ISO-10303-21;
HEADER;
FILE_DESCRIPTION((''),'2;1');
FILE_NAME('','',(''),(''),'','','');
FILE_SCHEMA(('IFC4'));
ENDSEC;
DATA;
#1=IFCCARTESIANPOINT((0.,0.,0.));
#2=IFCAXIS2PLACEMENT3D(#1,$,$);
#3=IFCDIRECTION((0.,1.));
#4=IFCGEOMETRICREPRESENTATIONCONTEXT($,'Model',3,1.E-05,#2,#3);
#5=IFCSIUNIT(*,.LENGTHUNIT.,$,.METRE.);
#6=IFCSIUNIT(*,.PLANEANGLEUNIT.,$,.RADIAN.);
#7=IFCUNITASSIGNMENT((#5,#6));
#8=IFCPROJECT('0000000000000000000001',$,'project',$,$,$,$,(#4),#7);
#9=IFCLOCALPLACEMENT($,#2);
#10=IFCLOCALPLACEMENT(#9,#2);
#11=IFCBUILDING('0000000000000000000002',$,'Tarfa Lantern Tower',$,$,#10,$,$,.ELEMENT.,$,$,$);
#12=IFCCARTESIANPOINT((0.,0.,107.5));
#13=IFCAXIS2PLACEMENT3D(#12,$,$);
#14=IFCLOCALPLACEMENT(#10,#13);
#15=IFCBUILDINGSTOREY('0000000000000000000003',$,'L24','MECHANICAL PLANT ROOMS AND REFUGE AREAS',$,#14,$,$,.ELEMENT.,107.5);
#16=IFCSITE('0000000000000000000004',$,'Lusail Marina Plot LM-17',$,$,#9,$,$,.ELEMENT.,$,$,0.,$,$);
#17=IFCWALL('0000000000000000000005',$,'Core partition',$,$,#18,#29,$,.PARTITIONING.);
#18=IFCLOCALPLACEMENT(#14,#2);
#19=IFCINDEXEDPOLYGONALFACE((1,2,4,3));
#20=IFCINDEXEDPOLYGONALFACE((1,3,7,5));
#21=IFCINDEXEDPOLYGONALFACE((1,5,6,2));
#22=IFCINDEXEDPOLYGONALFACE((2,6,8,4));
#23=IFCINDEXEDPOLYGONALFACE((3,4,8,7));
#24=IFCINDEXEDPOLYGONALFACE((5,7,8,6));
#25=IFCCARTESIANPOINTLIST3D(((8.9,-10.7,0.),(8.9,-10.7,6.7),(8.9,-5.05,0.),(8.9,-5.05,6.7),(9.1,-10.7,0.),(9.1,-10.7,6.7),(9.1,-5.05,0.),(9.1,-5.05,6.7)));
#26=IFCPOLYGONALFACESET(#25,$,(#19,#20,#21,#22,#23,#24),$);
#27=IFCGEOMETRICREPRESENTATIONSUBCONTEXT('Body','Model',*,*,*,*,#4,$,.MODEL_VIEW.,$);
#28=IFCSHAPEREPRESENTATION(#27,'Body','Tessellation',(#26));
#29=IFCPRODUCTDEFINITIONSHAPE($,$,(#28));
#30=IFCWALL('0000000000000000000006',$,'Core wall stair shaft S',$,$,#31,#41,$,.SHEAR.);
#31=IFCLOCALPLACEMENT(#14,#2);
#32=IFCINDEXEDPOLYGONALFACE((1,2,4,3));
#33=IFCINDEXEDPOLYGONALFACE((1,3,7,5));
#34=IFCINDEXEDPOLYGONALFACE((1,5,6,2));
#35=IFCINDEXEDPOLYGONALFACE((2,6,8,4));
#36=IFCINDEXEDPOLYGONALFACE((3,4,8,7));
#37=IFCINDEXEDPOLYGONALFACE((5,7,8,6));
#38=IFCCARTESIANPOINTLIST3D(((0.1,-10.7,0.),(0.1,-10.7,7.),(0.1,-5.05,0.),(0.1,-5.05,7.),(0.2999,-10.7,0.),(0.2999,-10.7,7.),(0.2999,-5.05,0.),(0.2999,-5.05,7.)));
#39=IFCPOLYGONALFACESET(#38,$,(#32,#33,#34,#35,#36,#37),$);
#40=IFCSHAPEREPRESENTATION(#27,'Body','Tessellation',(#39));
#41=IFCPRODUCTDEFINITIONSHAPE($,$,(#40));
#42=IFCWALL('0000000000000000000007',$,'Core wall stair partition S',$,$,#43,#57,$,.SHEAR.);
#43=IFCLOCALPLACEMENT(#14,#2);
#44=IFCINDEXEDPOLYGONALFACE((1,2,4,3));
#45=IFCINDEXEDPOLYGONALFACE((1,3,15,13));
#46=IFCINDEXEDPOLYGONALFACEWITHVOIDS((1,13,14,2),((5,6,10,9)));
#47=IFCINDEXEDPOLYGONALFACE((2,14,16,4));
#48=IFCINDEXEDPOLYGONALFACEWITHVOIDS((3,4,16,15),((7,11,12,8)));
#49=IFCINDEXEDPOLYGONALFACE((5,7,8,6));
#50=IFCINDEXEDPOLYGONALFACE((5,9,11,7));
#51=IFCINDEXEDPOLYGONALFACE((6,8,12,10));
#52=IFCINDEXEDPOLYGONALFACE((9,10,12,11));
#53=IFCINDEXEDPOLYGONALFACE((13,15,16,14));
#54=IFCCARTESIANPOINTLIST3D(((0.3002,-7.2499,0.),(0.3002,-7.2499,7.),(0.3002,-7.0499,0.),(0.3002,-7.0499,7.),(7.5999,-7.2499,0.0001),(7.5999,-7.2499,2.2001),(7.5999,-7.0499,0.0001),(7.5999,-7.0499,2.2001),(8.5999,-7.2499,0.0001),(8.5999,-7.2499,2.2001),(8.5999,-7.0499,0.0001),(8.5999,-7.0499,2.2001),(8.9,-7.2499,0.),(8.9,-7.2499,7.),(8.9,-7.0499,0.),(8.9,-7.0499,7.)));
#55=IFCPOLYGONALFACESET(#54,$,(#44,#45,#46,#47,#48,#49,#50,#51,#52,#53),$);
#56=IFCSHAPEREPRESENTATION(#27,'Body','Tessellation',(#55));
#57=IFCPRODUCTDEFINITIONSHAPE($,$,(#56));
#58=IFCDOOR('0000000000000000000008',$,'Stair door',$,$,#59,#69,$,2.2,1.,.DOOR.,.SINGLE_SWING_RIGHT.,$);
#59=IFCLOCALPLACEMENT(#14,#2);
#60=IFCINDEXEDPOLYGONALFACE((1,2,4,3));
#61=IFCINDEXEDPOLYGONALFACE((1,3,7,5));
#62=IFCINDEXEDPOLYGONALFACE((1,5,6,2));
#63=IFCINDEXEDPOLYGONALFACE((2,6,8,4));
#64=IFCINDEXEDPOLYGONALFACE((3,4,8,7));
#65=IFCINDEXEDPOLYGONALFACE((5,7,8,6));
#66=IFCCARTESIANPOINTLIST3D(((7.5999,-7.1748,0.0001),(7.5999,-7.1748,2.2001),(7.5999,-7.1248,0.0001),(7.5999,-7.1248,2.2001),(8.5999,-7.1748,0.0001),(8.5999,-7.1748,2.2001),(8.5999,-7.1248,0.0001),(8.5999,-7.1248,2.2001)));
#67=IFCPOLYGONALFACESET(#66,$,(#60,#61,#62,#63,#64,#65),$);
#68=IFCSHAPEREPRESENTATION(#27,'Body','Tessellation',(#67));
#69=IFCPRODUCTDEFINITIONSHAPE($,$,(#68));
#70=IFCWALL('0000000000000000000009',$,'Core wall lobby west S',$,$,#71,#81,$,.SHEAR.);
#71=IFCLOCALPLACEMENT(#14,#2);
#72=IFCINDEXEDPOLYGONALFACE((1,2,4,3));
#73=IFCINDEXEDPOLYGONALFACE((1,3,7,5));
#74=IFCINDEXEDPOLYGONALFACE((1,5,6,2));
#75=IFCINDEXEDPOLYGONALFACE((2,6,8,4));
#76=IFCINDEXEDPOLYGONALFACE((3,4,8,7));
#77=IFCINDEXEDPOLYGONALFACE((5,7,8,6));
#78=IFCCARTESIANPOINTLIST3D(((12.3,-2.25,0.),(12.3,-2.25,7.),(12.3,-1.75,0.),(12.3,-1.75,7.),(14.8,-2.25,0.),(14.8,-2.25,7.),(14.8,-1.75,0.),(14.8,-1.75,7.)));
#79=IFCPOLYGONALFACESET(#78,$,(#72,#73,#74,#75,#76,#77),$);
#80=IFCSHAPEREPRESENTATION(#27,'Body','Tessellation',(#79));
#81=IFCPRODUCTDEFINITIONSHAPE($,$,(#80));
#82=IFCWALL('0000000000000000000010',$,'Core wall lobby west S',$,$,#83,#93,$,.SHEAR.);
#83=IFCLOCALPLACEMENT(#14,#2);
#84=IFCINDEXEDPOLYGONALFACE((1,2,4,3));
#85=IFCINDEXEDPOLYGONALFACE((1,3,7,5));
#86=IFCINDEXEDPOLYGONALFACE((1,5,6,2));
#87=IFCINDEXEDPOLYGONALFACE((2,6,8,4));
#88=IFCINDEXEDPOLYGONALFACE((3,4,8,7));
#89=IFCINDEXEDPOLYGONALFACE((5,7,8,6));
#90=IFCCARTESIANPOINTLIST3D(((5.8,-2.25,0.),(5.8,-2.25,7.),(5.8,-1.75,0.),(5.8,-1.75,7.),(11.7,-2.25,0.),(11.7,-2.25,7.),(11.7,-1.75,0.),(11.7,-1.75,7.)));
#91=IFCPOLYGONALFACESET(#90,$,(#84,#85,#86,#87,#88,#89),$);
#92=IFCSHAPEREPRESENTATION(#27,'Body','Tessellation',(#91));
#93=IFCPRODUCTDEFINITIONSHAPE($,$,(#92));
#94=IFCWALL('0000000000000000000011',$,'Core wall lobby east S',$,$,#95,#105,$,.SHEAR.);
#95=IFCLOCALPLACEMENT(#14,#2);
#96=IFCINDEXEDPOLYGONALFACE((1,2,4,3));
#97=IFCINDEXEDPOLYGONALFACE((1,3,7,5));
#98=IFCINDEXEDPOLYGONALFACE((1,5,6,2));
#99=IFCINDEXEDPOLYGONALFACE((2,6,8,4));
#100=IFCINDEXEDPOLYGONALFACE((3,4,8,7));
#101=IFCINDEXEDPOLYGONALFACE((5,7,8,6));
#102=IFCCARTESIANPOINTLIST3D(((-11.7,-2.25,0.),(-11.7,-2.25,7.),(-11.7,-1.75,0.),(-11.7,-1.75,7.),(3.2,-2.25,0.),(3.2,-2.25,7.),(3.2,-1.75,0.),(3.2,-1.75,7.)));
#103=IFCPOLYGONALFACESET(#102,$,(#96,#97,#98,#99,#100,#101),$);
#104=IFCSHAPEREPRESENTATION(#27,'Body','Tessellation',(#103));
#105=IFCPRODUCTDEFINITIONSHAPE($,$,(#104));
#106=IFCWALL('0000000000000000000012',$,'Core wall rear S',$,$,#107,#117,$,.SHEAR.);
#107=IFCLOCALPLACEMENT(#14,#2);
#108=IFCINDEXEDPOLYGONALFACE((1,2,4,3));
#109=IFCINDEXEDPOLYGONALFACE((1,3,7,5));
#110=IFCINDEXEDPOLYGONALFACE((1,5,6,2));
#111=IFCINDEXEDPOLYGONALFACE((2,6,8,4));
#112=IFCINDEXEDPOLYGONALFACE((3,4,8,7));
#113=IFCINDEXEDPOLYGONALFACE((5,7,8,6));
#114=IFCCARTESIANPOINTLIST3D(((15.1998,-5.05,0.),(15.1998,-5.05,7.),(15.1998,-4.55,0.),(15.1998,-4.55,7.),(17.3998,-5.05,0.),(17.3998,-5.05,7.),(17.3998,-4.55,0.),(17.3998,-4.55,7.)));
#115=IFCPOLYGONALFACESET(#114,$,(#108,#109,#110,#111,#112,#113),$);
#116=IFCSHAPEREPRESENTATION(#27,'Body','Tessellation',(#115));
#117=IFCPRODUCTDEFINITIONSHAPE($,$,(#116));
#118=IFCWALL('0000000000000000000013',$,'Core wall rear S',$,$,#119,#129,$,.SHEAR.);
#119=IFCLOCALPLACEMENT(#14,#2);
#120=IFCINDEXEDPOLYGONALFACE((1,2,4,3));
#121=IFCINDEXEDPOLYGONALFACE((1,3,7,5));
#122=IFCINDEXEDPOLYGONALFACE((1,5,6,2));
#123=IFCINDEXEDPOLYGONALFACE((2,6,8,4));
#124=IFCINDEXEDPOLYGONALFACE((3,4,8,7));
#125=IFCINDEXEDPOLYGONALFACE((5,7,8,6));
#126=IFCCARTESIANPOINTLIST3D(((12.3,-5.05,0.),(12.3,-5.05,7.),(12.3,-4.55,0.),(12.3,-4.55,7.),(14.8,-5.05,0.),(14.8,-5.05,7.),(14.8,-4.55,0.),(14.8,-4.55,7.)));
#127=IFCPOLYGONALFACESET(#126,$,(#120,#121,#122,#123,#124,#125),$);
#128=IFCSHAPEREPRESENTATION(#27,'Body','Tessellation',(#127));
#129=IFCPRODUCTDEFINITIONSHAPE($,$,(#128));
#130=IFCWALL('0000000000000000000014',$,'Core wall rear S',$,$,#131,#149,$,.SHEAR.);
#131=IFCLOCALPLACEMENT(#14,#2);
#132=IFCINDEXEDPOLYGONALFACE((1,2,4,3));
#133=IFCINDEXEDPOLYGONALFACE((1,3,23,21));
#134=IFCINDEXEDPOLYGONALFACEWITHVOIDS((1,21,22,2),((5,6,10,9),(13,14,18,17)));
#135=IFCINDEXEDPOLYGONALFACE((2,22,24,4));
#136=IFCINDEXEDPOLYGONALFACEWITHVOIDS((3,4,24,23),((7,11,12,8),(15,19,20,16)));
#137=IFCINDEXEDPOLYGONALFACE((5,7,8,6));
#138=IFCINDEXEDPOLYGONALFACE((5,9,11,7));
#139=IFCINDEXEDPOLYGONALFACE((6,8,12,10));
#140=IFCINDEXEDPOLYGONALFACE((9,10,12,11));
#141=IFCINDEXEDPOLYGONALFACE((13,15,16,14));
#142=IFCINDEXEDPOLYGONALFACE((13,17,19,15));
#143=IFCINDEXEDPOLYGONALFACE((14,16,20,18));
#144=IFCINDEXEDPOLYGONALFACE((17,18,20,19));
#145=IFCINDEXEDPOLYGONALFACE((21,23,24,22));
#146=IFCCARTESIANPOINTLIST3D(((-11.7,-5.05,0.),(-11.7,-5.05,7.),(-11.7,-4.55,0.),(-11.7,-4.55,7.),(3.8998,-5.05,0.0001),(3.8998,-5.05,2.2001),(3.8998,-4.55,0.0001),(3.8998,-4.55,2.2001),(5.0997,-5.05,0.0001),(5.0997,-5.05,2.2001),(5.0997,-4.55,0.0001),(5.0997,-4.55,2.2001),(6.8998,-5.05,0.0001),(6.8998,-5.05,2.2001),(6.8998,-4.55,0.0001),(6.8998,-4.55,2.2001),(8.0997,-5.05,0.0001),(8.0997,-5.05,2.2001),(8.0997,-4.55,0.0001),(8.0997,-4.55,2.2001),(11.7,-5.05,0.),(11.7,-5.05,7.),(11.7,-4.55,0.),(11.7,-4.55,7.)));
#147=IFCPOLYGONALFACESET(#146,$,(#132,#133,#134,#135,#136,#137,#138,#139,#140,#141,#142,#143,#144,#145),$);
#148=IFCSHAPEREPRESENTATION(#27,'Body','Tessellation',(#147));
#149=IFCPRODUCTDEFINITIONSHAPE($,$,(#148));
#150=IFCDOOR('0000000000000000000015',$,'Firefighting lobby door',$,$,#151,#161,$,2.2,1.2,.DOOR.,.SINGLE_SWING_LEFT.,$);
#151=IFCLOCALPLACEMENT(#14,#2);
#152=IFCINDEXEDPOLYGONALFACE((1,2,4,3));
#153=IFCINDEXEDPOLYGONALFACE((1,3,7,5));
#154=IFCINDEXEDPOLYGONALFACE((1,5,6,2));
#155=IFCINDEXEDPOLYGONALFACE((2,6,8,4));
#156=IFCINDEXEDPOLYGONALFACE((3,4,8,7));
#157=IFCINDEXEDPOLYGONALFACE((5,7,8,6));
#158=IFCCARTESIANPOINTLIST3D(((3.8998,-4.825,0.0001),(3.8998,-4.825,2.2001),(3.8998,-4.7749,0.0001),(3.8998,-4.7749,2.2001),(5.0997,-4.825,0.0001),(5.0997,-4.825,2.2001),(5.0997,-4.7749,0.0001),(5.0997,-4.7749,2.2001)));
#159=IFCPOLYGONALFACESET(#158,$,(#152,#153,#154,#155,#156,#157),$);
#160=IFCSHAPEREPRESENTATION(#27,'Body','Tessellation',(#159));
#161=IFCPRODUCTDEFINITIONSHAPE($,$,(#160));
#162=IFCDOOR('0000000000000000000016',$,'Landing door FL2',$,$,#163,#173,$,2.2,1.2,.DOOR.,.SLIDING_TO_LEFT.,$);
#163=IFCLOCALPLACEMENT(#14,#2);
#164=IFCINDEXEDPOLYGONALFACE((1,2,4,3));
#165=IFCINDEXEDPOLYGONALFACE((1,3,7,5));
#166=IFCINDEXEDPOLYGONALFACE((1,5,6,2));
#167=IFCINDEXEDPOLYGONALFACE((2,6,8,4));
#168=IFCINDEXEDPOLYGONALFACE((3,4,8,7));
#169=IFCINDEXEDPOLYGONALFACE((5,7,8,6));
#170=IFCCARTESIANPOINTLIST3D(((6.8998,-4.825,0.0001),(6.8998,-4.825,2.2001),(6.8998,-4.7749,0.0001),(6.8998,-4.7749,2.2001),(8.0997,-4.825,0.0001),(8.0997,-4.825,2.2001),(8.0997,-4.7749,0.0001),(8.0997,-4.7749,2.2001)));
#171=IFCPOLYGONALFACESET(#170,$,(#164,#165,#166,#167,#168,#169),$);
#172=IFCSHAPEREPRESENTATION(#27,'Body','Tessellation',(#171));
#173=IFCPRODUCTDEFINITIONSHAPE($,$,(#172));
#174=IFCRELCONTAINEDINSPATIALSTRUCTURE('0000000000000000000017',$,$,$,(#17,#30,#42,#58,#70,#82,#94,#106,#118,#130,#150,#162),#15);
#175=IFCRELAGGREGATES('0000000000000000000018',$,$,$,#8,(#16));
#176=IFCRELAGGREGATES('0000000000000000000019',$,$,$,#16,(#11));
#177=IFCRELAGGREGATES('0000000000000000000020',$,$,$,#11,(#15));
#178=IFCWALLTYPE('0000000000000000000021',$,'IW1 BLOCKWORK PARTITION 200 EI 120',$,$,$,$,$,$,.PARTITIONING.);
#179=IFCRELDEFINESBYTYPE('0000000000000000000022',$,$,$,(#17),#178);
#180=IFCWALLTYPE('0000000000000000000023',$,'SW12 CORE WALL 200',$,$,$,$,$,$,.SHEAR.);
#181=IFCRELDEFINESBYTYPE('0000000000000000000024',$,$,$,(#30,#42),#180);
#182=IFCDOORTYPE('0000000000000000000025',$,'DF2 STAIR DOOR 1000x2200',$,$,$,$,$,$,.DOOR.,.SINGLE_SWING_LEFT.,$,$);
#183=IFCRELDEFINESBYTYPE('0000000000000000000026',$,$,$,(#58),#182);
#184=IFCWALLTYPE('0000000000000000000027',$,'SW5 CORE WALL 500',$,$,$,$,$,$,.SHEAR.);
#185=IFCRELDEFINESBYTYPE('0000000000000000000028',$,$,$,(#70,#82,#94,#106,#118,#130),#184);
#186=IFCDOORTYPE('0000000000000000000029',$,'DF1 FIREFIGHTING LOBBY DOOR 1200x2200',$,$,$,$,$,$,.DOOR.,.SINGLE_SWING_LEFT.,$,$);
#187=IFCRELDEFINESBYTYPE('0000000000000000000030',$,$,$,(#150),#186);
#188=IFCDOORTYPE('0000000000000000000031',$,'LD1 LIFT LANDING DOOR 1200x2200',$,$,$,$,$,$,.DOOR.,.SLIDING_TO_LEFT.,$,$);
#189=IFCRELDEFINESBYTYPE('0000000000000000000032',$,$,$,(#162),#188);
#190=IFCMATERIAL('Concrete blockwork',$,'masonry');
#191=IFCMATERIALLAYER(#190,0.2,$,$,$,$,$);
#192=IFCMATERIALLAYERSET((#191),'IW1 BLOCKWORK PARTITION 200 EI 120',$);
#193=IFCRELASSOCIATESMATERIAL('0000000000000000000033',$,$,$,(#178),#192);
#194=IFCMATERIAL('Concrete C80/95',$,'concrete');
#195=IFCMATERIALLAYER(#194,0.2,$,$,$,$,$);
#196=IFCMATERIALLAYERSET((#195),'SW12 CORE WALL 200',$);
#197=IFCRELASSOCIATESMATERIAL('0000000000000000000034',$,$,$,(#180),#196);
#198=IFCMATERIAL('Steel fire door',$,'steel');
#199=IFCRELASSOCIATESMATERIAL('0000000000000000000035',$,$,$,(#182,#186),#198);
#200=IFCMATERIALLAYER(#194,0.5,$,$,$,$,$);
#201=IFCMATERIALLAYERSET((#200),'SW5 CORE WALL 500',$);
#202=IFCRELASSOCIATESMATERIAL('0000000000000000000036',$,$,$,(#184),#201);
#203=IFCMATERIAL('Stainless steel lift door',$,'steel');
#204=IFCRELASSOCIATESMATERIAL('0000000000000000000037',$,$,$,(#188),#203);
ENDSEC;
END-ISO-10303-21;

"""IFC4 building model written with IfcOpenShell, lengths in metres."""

from ifc_helpers import new_model, si_unit, direction, frame, frame_2d, origin, place, context, subcontext, project, spatial, rectangle, extrude, material, layer, layer_set, type_object, element, fill, save


model = new_model("IFC4")

# Units and contexts
model_context = context("Model", 3, precision=1e-05, world=origin(), true_north=direction((0.0, 1.0)))
body_context = subcontext(model_context, "Body", "Model", "MODEL_VIEW")
ifc_project = project(units=[si_unit("LENGTHUNIT", "METRE"), si_unit("PLANEANGLEUNIT", "RADIAN")], contexts=[model_context])

# Site, building, storey
site_placement = place(None, origin())
site = spatial("IfcSite", under=ifc_project, at=site_placement, Name="Lusail Marina Plot LM-17", CompositionType="ELEMENT", RefElevation=0.0)
building_placement = place(site_placement, origin())
building = spatial("IfcBuilding", under=site, at=building_placement, Name="Tarfa Lantern Tower", CompositionType="ELEMENT")
storey_placement = place(building_placement, frame((0.0, 0.0, 107.5)))
storey = spatial("IfcBuildingStorey", under=building, at=storey_placement, Name="L24", Description="MECHANICAL PLANT ROOMS AND REFUGE AREAS", CompositionType="ELEMENT", Elevation=107.5)

# Walls
ifc_material_1 = material(Name="Concrete blockwork", Category="masonry")
ifc_layer_1 = layer(ifc_material_1, 0.2)
ifc_layer_set_1 = layer_set([ifc_layer_1], Name="IW1 BLOCKWORK PARTITION 200 EI 120")
wall_type_1 = type_object("IfcWallType", Name="IW1 BLOCKWORK PARTITION 200 EI 120", PredefinedType="PARTITIONING", material=ifc_layer_set_1)
wall_1_placement = place(storey_placement, frame((9.0, -5.05, 0.0), z_axis=(0.0, 0.0, 1.0), x_axis=(0.0, -1.0, 0.0)))
element("IfcWall", 1, at=wall_1_placement, inside=storey, type_object=wall_type_1, Name="Core partition", PredefinedType="PARTITIONING", context=body_context, shape_type="SweptSolid", body=[
    extrude(rectangle(XDim=5.6499, YDim=0.2, at=frame_2d((2.825, 0.0))), origin(), (0.0, 0.0, 1.0), 6.7),
])
ifc_material_2 = material(Name="Concrete C80/95", Category="concrete")
ifc_layer_2 = layer(ifc_material_2, 0.2)
ifc_layer_set_2 = layer_set([ifc_layer_2], Name="SW12 CORE WALL 200")
wall_type_2 = type_object("IfcWallType", Name="SW12 CORE WALL 200", PredefinedType="SHEAR", material=ifc_layer_set_2)
wall_2_placement = place(storey_placement, frame((0.2, -5.05, 0.0), z_axis=(0.0, 0.0, 1.0), x_axis=(0.0, -1.0, 0.0)))
element("IfcWall", 2, at=wall_2_placement, inside=storey, type_object=wall_type_2, Name="Core wall stair shaft S", PredefinedType="SHEAR", context=body_context, shape_type="SweptSolid", body=[
    extrude(rectangle(XDim=5.6499, YDim=0.2, at=frame_2d((2.825, 0.0))), origin(), (0.0, 0.0, 1.0), 7.0),
])

# Wall, opening, door
wall_3_placement = place(storey_placement, frame((8.8999, -7.1499, 0.0), z_axis=(0.0, 0.0, 1.0), x_axis=(-1.0, 0.0, 0.0)))
wall_3 = element("IfcWall", 3, at=wall_3_placement, inside=storey, type_object=wall_type_2, Name="Core wall stair partition S", PredefinedType="SHEAR", context=body_context, shape_type="SweptSolid", body=[
    extrude(rectangle(XDim=8.5999, YDim=0.2, at=frame_2d((4.2998, 0.0))), origin(), (0.0, 0.0, 1.0), 7.0),
])
opening_1_placement = place(wall_3_placement, frame((0.3, 0.0, 0.0)))
opening_1 = element("IfcOpeningElement", 4, at=opening_1_placement, cuts=wall_3, PredefinedType="OPENING", context=body_context, shape_type="SweptSolid", body=[
    extrude(rectangle(XDim=1.0, YDim=2.2, at=frame_2d((0.5, 1.1001))), frame((0.0, 0.1099, 0.0), z_axis=(0.0, -1.0, 0.0), x_axis=(1.0, 0.0, 0.0)), (0.0, 0.0, 1.0), 0.22),
])
ifc_material_3 = material(Name="Steel fire door", Category="steel")
door_type_1 = type_object("IfcDoorType", Name="DF2 STAIR DOOR 1000x2200", OperationType="SINGLE_SWING_LEFT", PredefinedType="DOOR", material=ifc_material_3)
door_1_placement = place(opening_1_placement, origin())
door_1 = element("IfcDoor", 5, at=door_1_placement, inside=storey, type_object=door_type_1, Name="Stair door", OperationType="SINGLE_SWING_RIGHT", OverallHeight=2.2, OverallWidth=1.0, PredefinedType="DOOR", context=body_context, shape_type="SweptSolid", body=[
    extrude(rectangle(XDim=1.0, YDim=2.2, at=frame_2d((0.5, 1.1001))), frame((0.0, 0.0249, 0.0), z_axis=(0.0, -1.0, 0.0), x_axis=(1.0, 0.0, 0.0)), (0.0, 0.0, 1.0), 0.05),
])
fill(opening_1, door_1)

# Walls
ifc_layer_3 = layer(ifc_material_2, 0.5)
ifc_layer_set_3 = layer_set([ifc_layer_3], Name="SW5 CORE WALL 500")
wall_type_3 = type_object("IfcWallType", Name="SW5 CORE WALL 500", PredefinedType="SHEAR", material=ifc_layer_set_3)
wall_4_placement = place(storey_placement, frame((14.8, -2.0, 0.0), z_axis=(0.0, 0.0, 1.0), x_axis=(-1.0, 0.0, 0.0)))
element("IfcWall", 6, at=wall_4_placement, inside=storey, type_object=wall_type_3, Name="Core wall lobby west S", PredefinedType="SHEAR", context=body_context, shape_type="SweptSolid", body=[
    extrude(rectangle(XDim=2.5, YDim=0.5, at=frame_2d((1.25, 0.0))), origin(), (0.0, 0.0, 1.0), 7.0),
])
wall_5_placement = place(storey_placement, frame((11.7, -2.0, 0.0), z_axis=(0.0, 0.0, 1.0), x_axis=(-1.0, 0.0, 0.0)))
element("IfcWall", 7, at=wall_5_placement, inside=storey, type_object=wall_type_3, Name="Core wall lobby west S", PredefinedType="SHEAR", context=body_context, shape_type="SweptSolid", body=[
    extrude(rectangle(XDim=5.8999, YDim=0.5, at=frame_2d((2.95, 0.0))), origin(), (0.0, 0.0, 1.0), 7.0),
])
wall_6_placement = place(storey_placement, frame((3.2, -2.0, 0.0), z_axis=(0.0, 0.0, 1.0), x_axis=(-1.0, 0.0, 0.0)))
element("IfcWall", 8, at=wall_6_placement, inside=storey, type_object=wall_type_3, Name="Core wall lobby east S", PredefinedType="SHEAR", context=body_context, shape_type="SweptSolid", body=[
    extrude(rectangle(XDim=14.8999, YDim=0.5, at=frame_2d((7.45, 0.0))), origin(), (0.0, 0.0, 1.0), 7.0),
])
wall_7_placement = place(storey_placement, frame((17.3999, -4.8, 0.0), z_axis=(0.0, 0.0, 1.0), x_axis=(-1.0, 0.0, 0.0)))
element("IfcWall", 9, at=wall_7_placement, inside=storey, type_object=wall_type_3, Name="Core wall rear S", PredefinedType="SHEAR", context=body_context, shape_type="SweptSolid", body=[
    extrude(rectangle(XDim=2.2, YDim=0.5, at=frame_2d((1.1001, 0.0))), origin(), (0.0, 0.0, 1.0), 7.0),
])
wall_8_placement = place(storey_placement, frame((14.8, -4.8, 0.0), z_axis=(0.0, 0.0, 1.0), x_axis=(-1.0, 0.0, 0.0)))
element("IfcWall", 10, at=wall_8_placement, inside=storey, type_object=wall_type_3, Name="Core wall rear S", PredefinedType="SHEAR", context=body_context, shape_type="SweptSolid", body=[
    extrude(rectangle(XDim=2.5, YDim=0.5, at=frame_2d((1.25, 0.0))), origin(), (0.0, 0.0, 1.0), 7.0),
])

# Wall, openings, doors
wall_9_placement = place(storey_placement, frame((11.7, -4.8, 0.0), z_axis=(0.0, 0.0, 1.0), x_axis=(-1.0, 0.0, 0.0)))
wall_9 = element("IfcWall", 11, at=wall_9_placement, inside=storey, type_object=wall_type_3, Name="Core wall rear S", PredefinedType="SHEAR", context=body_context, shape_type="SweptSolid", body=[
    extrude(rectangle(XDim=23.3999, YDim=0.5, at=frame_2d((11.7, 0.0))), origin(), (0.0, 0.0, 1.0), 7.0),
])
opening_2_placement = place(wall_9_placement, frame((6.6001, 0.0, 0.0)))
opening_2 = element("IfcOpeningElement", 12, at=opening_2_placement, cuts=wall_9, PredefinedType="OPENING", context=body_context, shape_type="SweptSolid", body=[
    extrude(rectangle(XDim=1.2, YDim=2.2, at=frame_2d((0.6001, 1.1001))), frame((0.0, 0.26, 0.0), z_axis=(0.0, -1.0, 0.0), x_axis=(1.0, 0.0, 0.0)), (0.0, 0.0, 1.0), 0.52),
])
opening_3_placement = place(wall_9_placement, frame((3.6001, 0.0, 0.0)))
opening_3 = element("IfcOpeningElement", 13, at=opening_3_placement, cuts=wall_9, PredefinedType="OPENING", context=body_context, shape_type="SweptSolid", body=[
    extrude(rectangle(XDim=1.2, YDim=2.2, at=frame_2d((0.6001, 1.1001))), frame((0.0, 0.26, 0.0), z_axis=(0.0, -1.0, 0.0), x_axis=(1.0, 0.0, 0.0)), (0.0, 0.0, 1.0), 0.52),
])
door_type_2 = type_object("IfcDoorType", Name="DF1 FIREFIGHTING LOBBY DOOR 1200x2200", OperationType="SINGLE_SWING_LEFT", PredefinedType="DOOR", material=ifc_material_3)
door_2_placement = place(opening_2_placement, origin())
door_2 = element("IfcDoor", 14, at=door_2_placement, inside=storey, type_object=door_type_2, Name="Firefighting lobby door", OperationType="SINGLE_SWING_LEFT", OverallHeight=2.2, OverallWidth=1.2, PredefinedType="DOOR", context=body_context, shape_type="SweptSolid", body=[
    extrude(rectangle(XDim=1.2, YDim=2.2, at=frame_2d((0.6001, 1.1001))), frame((0.0, 0.0249, 0.0), z_axis=(0.0, -1.0, 0.0), x_axis=(1.0, 0.0, 0.0)), (0.0, 0.0, 1.0), 0.05),
])
fill(opening_2, door_2)
ifc_material_4 = material(Name="Stainless steel lift door", Category="steel")
door_type_3 = type_object("IfcDoorType", Name="LD1 LIFT LANDING DOOR 1200x2200", OperationType="SLIDING_TO_LEFT", PredefinedType="DOOR", material=ifc_material_4)
door_3_placement = place(opening_3_placement, origin())
door_3 = element("IfcDoor", 15, at=door_3_placement, inside=storey, type_object=door_type_3, Name="Landing door FL2", OperationType="SLIDING_TO_LEFT", OverallHeight=2.2, OverallWidth=1.2, PredefinedType="DOOR", context=body_context, shape_type="SweptSolid", body=[
    extrude(rectangle(XDim=1.2, YDim=2.2, at=frame_2d((0.6001, 1.1001))), frame((0.0, 0.0249, 0.0), z_axis=(0.0, -1.0, 0.0), x_axis=(1.0, 0.0, 0.0)), (0.0, 0.0, 1.0), 0.05),
])
fill(opening_3, door_3)

save(model, "model.ifc")
